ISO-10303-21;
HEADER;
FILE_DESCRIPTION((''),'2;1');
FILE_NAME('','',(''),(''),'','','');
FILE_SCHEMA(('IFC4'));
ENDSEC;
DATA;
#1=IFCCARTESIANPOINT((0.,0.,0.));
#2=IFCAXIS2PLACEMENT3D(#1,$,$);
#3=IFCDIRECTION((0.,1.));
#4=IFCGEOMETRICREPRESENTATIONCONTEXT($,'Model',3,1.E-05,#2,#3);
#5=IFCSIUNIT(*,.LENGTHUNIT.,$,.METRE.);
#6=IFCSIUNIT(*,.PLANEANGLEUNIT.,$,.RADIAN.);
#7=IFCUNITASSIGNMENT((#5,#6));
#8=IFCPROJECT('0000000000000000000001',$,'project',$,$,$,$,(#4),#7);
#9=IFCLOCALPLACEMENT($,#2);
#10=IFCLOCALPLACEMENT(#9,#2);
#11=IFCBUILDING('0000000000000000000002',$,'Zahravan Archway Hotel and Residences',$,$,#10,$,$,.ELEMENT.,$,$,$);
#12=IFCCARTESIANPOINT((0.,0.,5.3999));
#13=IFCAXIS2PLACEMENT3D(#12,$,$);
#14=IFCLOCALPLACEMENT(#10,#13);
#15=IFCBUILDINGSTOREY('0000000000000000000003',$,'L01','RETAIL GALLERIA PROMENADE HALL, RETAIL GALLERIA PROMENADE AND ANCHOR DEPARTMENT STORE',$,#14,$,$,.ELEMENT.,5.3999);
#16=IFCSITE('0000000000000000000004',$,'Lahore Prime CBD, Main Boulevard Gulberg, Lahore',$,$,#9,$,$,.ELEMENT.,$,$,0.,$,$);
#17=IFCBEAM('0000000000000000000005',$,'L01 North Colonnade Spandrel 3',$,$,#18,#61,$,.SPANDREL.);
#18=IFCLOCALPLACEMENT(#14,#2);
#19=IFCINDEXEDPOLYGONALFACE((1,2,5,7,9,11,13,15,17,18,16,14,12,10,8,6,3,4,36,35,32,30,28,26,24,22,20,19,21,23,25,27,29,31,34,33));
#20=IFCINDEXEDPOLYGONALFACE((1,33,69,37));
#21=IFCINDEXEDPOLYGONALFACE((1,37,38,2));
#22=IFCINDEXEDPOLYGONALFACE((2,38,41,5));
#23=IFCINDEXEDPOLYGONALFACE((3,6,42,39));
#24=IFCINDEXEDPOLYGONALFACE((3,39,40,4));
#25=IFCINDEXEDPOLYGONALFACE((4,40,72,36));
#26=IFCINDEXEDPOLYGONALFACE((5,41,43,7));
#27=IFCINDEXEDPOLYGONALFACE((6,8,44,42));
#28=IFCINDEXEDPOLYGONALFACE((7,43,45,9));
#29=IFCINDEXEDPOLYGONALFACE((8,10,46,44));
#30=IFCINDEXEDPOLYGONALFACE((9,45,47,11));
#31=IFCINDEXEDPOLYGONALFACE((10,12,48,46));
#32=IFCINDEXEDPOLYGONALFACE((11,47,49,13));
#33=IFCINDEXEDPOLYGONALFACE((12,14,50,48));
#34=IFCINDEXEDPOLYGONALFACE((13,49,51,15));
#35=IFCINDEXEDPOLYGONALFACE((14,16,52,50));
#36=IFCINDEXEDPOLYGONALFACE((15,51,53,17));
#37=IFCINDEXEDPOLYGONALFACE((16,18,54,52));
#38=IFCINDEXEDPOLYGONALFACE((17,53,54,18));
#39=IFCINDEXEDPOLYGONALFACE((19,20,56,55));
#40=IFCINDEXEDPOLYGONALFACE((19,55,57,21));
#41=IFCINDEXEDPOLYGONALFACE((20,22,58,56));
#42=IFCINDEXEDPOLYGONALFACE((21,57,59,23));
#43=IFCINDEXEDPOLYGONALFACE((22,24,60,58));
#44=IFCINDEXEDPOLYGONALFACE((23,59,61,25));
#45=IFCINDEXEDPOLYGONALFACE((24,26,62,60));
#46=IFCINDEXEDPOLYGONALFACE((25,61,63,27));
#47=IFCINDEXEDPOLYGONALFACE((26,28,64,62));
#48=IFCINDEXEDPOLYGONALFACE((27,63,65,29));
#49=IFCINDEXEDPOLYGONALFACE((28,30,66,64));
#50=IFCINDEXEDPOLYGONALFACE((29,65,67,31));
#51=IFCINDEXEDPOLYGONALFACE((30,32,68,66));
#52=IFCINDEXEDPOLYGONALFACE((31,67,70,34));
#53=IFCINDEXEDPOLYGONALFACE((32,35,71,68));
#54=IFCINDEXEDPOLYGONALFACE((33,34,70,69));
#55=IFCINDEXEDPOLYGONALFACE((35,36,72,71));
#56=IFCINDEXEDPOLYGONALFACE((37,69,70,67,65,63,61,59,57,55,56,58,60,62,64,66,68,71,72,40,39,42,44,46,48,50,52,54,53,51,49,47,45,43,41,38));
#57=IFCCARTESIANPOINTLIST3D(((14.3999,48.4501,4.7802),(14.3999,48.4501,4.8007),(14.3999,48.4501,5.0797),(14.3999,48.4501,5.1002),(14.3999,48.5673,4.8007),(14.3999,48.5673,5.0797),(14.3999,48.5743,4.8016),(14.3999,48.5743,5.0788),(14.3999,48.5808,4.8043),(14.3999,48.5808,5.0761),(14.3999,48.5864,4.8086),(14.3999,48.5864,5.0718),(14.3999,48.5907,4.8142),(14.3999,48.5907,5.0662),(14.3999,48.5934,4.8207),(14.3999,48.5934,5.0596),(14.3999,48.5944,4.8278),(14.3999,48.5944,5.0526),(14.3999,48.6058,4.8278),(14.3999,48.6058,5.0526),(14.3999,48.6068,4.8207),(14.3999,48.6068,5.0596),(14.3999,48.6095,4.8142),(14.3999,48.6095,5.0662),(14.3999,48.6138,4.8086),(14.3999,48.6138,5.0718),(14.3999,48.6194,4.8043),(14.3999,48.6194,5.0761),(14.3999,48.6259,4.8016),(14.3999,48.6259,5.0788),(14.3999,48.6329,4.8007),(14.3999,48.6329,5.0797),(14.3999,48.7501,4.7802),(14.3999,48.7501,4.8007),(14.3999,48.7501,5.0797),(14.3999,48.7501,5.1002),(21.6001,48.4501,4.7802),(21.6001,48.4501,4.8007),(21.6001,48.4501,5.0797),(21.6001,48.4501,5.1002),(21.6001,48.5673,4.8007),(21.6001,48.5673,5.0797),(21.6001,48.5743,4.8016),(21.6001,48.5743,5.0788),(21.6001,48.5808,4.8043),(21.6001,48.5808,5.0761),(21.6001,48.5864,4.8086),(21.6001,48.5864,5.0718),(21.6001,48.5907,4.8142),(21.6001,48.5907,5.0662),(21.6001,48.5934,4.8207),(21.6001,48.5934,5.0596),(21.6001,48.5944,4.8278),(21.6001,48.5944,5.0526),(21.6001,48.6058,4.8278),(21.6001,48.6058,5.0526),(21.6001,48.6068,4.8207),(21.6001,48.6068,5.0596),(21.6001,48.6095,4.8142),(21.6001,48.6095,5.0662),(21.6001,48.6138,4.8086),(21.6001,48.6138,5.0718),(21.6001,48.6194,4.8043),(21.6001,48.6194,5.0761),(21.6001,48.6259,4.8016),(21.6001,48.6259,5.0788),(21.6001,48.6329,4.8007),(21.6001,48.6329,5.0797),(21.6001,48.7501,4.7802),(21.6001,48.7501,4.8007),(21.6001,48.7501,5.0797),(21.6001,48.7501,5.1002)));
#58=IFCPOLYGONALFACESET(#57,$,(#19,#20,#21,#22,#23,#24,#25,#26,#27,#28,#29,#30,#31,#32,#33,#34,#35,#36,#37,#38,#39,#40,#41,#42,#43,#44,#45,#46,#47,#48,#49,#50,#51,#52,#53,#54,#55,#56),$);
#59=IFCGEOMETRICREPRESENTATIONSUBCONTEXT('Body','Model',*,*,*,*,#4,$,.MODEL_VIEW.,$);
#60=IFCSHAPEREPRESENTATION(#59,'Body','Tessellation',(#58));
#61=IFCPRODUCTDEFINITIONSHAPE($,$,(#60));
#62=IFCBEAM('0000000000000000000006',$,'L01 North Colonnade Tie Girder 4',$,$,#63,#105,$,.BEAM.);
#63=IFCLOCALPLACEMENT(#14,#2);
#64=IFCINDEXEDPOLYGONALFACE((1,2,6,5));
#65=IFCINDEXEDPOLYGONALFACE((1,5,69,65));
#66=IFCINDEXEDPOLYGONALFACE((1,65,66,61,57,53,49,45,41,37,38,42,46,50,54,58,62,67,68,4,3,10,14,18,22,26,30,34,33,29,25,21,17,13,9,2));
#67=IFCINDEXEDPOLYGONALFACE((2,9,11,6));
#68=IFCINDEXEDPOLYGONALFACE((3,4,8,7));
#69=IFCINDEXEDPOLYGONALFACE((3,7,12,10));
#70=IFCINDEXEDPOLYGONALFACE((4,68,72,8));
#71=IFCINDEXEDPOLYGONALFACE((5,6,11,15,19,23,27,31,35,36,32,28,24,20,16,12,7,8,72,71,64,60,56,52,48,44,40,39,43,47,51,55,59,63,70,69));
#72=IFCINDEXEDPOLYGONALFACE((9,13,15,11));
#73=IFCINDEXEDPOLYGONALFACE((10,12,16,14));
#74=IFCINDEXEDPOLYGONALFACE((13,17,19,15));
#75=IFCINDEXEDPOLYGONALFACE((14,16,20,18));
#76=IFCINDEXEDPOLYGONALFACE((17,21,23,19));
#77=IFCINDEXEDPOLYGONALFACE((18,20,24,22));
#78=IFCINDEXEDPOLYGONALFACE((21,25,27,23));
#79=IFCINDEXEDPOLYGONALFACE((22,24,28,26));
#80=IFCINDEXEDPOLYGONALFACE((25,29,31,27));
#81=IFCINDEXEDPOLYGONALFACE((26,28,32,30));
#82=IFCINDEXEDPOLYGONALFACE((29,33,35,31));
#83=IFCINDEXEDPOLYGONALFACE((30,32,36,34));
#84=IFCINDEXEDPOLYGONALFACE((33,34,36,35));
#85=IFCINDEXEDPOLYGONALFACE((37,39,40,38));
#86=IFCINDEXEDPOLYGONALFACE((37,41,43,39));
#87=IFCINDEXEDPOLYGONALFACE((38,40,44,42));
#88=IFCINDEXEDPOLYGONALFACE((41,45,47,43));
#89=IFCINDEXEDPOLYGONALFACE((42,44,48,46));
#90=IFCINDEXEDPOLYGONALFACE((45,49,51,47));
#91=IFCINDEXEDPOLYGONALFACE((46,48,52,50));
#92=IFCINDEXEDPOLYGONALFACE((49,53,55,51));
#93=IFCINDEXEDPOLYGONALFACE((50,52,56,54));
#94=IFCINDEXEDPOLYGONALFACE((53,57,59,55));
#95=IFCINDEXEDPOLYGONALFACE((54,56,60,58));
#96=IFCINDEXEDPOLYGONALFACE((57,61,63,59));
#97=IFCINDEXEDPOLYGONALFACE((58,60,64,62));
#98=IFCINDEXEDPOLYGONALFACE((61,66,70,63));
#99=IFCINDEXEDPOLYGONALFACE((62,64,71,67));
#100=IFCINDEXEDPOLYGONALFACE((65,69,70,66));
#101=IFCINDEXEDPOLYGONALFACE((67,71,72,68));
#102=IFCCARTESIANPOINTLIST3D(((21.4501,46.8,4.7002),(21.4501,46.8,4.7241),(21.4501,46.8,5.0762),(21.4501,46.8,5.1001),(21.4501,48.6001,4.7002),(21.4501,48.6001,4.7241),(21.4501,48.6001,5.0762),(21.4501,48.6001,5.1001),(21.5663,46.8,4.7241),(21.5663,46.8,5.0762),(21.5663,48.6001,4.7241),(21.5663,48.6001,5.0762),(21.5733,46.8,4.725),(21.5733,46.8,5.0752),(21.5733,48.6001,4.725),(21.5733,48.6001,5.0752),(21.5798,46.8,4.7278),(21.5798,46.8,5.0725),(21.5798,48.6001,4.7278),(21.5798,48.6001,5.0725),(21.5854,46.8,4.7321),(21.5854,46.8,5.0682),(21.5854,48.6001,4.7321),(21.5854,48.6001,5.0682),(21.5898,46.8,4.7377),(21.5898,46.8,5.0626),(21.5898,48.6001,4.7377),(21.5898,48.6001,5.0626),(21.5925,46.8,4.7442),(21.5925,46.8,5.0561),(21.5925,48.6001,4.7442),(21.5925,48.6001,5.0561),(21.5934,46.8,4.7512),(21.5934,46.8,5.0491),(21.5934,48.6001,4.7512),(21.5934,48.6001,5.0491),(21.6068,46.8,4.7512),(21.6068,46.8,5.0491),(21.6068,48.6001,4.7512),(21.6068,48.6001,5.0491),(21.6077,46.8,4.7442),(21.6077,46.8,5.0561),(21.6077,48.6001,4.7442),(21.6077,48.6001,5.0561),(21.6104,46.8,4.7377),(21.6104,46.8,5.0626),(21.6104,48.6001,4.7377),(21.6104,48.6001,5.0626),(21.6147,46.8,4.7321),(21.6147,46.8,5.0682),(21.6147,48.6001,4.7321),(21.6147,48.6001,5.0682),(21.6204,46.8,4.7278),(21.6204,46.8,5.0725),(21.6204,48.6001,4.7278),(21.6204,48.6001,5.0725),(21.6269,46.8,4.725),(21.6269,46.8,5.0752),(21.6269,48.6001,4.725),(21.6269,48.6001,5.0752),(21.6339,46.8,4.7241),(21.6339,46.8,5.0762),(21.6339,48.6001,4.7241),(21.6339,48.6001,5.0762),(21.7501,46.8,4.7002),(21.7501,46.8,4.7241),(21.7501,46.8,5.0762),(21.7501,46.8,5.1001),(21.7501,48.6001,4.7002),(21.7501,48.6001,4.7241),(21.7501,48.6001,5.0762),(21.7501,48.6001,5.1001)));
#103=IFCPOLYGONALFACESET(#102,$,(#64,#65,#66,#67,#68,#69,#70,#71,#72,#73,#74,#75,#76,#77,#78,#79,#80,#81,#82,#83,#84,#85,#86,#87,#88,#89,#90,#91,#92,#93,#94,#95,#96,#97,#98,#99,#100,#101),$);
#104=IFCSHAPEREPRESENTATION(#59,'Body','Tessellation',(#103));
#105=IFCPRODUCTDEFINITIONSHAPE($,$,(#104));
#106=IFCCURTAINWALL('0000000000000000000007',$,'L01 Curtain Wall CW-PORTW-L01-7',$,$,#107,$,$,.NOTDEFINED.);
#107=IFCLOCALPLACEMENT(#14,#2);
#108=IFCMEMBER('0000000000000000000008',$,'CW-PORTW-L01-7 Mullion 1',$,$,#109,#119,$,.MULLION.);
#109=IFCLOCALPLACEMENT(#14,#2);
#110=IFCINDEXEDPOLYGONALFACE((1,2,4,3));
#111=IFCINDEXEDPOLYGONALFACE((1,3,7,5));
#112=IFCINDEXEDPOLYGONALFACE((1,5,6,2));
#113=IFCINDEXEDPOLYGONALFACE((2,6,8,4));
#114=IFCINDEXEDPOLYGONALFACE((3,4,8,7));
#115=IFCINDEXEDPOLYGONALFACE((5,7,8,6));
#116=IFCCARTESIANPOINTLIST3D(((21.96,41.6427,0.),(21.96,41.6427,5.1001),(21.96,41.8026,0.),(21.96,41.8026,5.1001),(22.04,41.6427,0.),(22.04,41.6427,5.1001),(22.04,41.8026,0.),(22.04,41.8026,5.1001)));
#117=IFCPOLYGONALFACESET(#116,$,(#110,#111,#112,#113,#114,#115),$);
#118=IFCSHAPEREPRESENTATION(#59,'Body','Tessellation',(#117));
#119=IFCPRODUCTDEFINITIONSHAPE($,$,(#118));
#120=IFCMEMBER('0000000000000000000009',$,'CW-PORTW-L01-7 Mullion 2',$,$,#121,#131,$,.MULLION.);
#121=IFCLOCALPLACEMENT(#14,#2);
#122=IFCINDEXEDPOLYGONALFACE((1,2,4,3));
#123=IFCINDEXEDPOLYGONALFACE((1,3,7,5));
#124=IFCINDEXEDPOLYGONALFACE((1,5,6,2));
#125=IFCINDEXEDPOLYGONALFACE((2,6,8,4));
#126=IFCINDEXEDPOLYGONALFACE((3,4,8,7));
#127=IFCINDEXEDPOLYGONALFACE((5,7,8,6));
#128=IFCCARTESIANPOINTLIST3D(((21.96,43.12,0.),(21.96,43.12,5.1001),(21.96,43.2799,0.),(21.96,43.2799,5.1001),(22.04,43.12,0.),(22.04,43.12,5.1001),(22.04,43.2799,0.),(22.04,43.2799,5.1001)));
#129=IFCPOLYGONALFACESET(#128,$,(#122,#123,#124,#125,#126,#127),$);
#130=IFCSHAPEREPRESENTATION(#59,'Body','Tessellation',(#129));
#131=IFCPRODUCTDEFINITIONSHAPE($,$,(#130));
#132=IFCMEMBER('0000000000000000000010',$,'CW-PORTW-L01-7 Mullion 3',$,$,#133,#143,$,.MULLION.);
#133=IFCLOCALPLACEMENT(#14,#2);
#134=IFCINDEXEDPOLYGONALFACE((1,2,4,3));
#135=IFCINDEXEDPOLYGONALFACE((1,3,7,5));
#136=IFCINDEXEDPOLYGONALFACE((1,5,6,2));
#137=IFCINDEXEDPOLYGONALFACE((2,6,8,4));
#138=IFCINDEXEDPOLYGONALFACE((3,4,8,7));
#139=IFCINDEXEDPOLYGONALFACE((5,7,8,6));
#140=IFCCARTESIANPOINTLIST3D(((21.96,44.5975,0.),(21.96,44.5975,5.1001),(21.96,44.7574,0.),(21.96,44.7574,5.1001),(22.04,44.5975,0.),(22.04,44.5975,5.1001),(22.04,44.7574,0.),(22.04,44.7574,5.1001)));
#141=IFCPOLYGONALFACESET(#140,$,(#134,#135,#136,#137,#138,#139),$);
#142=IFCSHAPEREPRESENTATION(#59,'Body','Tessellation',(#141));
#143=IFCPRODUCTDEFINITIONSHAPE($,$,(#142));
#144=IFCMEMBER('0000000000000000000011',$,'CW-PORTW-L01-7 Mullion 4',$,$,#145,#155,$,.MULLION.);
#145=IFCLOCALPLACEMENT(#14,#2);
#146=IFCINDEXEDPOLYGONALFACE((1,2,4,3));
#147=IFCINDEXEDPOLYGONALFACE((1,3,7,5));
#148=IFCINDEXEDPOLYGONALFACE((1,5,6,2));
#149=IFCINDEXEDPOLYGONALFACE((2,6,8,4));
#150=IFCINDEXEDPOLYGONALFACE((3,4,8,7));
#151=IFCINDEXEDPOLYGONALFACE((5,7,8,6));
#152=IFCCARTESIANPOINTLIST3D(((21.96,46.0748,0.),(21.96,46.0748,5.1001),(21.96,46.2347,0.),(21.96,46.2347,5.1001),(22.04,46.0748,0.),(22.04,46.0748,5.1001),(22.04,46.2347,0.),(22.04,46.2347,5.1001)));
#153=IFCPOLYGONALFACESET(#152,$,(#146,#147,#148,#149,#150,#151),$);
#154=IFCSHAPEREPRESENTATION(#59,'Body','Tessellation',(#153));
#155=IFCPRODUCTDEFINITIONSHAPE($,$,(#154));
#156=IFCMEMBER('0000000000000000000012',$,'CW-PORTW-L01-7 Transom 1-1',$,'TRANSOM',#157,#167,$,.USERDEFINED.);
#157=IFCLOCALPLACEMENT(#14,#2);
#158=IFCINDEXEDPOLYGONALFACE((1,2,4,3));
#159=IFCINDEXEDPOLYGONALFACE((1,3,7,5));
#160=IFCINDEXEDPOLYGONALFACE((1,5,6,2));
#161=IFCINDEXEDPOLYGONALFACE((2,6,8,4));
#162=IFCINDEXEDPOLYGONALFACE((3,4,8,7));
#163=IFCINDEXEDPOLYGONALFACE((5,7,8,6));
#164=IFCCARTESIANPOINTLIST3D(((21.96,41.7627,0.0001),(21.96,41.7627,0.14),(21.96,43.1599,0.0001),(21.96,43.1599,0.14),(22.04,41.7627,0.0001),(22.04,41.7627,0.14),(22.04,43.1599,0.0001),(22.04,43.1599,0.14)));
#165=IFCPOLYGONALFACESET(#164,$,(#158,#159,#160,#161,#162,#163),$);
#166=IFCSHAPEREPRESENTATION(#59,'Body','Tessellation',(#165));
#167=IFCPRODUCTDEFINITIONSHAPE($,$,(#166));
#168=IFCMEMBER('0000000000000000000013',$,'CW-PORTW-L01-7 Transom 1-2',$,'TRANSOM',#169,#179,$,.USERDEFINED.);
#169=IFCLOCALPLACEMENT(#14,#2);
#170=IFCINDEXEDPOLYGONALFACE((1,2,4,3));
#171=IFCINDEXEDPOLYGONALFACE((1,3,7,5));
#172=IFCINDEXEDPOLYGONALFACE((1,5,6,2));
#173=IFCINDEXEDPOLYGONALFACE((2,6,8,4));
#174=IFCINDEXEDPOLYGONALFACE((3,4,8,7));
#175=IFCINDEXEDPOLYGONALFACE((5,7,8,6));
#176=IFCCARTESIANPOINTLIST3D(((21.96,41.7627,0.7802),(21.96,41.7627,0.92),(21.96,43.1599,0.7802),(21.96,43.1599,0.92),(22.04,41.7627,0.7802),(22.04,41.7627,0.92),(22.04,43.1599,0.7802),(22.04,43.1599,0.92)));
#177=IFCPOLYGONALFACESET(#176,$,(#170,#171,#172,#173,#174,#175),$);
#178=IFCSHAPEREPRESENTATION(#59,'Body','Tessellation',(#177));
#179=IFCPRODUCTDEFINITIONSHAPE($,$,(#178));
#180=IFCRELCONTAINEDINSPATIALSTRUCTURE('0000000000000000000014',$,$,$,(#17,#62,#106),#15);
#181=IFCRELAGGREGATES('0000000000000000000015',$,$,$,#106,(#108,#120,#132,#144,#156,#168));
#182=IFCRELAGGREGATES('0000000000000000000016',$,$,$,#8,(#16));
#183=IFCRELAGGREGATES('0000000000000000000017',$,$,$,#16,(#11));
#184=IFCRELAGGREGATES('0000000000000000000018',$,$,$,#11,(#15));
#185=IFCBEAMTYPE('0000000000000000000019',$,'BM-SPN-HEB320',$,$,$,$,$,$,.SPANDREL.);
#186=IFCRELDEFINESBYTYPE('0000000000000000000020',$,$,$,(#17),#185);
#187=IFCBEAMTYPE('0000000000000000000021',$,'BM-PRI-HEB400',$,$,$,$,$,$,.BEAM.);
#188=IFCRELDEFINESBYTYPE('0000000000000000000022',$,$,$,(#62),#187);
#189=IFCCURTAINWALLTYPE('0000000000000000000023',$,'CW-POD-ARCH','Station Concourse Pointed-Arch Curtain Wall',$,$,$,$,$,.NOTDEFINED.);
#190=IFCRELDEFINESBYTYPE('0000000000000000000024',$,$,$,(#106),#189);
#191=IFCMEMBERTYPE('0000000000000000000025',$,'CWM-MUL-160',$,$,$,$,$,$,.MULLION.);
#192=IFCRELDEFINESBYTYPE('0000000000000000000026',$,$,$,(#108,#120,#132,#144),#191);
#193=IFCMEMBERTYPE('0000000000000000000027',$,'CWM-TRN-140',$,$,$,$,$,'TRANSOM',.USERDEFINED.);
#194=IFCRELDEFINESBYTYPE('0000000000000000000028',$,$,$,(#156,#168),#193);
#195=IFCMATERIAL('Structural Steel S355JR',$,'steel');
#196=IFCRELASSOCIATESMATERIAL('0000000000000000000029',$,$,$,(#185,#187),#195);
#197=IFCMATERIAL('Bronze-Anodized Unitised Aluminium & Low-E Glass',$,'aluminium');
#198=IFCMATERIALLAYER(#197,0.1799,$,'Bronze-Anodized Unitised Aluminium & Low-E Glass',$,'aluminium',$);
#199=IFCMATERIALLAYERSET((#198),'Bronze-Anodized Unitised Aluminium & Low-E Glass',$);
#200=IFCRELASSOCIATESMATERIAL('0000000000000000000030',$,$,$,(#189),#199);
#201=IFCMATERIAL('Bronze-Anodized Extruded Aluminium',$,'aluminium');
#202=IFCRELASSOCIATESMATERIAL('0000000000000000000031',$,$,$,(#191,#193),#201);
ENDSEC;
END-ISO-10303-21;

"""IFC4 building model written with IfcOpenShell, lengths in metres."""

from ifc_helpers import new_model, si_unit, direction, frame, origin, origin_2d, place, context, subcontext, project, spatial, rectangle, i_section, extrude, source, transform, mapped, material, layer, layer_set, material_profile, profile_set, type_object, element, aggregate, save


model = new_model("IFC4")

# Units and contexts
model_context = context("Model", 3, precision=1e-05, world=origin(), true_north=direction((0.0, 1.0)))
body_context = subcontext(model_context, "Body", "Model", "MODEL_VIEW")
ifc_project = project(units=[si_unit("LENGTHUNIT", "METRE"), si_unit("PLANEANGLEUNIT", "RADIAN")], contexts=[model_context])

# Site, building, storey
site_placement = place(None, origin())
site = spatial("IfcSite", under=ifc_project, at=site_placement, Name="Lahore Prime CBD, Main Boulevard Gulberg, Lahore", CompositionType="ELEMENT", RefElevation=0.0)
building_placement = place(site_placement, origin())
building = spatial("IfcBuilding", under=site, at=building_placement, Name="Zahravan Archway Hotel and Residences", CompositionType="ELEMENT")
storey_placement = place(building_placement, frame((0.0, 0.0, 5.3999)))
storey = spatial("IfcBuildingStorey", under=building, at=storey_placement, Name="L01", Description="RETAIL GALLERIA PROMENADE HALL, RETAIL GALLERIA PROMENADE AND ANCHOR DEPARTMENT STORE", CompositionType="ELEMENT", Elevation=5.3999)

# Beams
ifc_material_1 = material(Name="Structural Steel S355JR", Category="steel")
ifc_material_profile_1 = material_profile(ifc_material_1, i_section(OverallWidth=0.3, OverallDepth=0.3201, WebThickness=0.0115, FlangeThickness=0.0205, FilletRadius=0.0271, at=origin_2d()), Name="HEB 320", Category="steel")
ifc_profile_set_1 = profile_set([ifc_material_profile_1], Name="Structural Steel S355JR")
beam_type_1 = type_object("IfcBeamType", Name="BM-SPN-HEB320", PredefinedType="SPANDREL", material=ifc_profile_set_1)
shared_shape_1 = source(origin(), body_context, "Body", "SweptSolid", [
    extrude(i_section(OverallWidth=0.3, OverallDepth=0.3201, WebThickness=0.0115, FlangeThickness=0.0205, FilletRadius=0.0271, at=origin_2d()), origin(), (0.0, 0.0, 1.0), 7.2002),
])
beam_1_placement = place(storey_placement, frame((14.3999, 48.6001, 4.9402), z_axis=(1.0, 0.0, 0.0), x_axis=(0.0, 1.0, 0.0)))
element("IfcBeam", 1, at=beam_1_placement, inside=storey, type_object=beam_type_1, Name="L01 North Colonnade Spandrel 3", PredefinedType="SPANDREL", context=body_context, shape_type="MappedRepresentation", body=[
    mapped(shared_shape_1, transform((0.0, 0.0, 0.0), scale=1.0)),
])
ifc_material_profile_2 = material_profile(ifc_material_1, i_section(OverallWidth=0.3, OverallDepth=0.3999, WebThickness=0.0134, FlangeThickness=0.0239, FilletRadius=0.0271, at=origin_2d()), Name="HEB 400", Category="steel")
ifc_profile_set_2 = profile_set([ifc_material_profile_2], Name="Structural Steel S355JR")
beam_type_2 = type_object("IfcBeamType", Name="BM-PRI-HEB400", PredefinedType="BEAM", material=ifc_profile_set_2)
shared_shape_2 = source(origin(), body_context, "Body", "SweptSolid", [
    extrude(i_section(OverallWidth=0.3, OverallDepth=0.3999, WebThickness=0.0134, FlangeThickness=0.0239, FilletRadius=0.0271, at=origin_2d()), origin(), (0.0, 0.0, 1.0), 1.8),
])
beam_2_placement = place(storey_placement, frame((21.6001, 46.8, 4.9001), z_axis=(0.0, 1.0, 0.0), x_axis=(-1.0, 0.0, 0.0)))
element("IfcBeam", 2, at=beam_2_placement, inside=storey, type_object=beam_type_2, Name="L01 North Colonnade Tie Girder 4", PredefinedType="BEAM", context=body_context, shape_type="MappedRepresentation", body=[
    mapped(shared_shape_2, transform((0.0, 0.0, 0.0), scale=1.0)),
])

# Curtain wall, members
ifc_material_2 = material(Name="Bronze-Anodized Unitised Aluminium & Low-E Glass", Category="aluminium")
ifc_layer_1 = layer(ifc_material_2, 0.1799, Name="Bronze-Anodized Unitised Aluminium & Low-E Glass", Category="aluminium")
ifc_layer_set_1 = layer_set([ifc_layer_1], Name="Bronze-Anodized Unitised Aluminium & Low-E Glass")
curtain_wall_type = type_object("IfcCurtainWallType", Name="CW-POD-ARCH", Description="Station Concourse Pointed-Arch Curtain Wall", PredefinedType="NOTDEFINED", material=ifc_layer_set_1)
curtain_wall_placement = place(storey_placement, origin())
curtain_wall = element("IfcCurtainWall", 3, at=curtain_wall_placement, inside=storey, type_object=curtain_wall_type, Name="L01 Curtain Wall CW-PORTW-L01-7", PredefinedType="NOTDEFINED")
ifc_material_3 = material(Name="Bronze-Anodized Extruded Aluminium", Category="aluminium")
ifc_material_profile_3 = material_profile(ifc_material_3, rectangle(XDim=0.0801, YDim=0.1599, at=origin_2d()), Name="MUL 80x160", Category="aluminium")
ifc_profile_set_3 = profile_set([ifc_material_profile_3], Name="Bronze-Anodized Extruded Aluminium")
member_type_1 = type_object("IfcMemberType", Name="CWM-MUL-160", PredefinedType="MULLION", material=ifc_profile_set_3)
shared_shape_3 = source(origin(), body_context, "Body", "SweptSolid", [
    extrude(rectangle(XDim=0.0801, YDim=0.1599, at=origin_2d()), origin(), (0.0, 0.0, 1.0), 5.1001),
])
member_1_placement = place(storey_placement, frame((22.0, 41.7227, 0.0), z_axis=(0.0, 0.0, 1.0), x_axis=(1.0, 0.0, 0.0)))
member_1 = element("IfcMember", 4, at=member_1_placement, type_object=member_type_1, Name="CW-PORTW-L01-7 Mullion 1", PredefinedType="MULLION", context=body_context, shape_type="MappedRepresentation", body=[
    mapped(shared_shape_3, transform((0.0, 0.0, 0.0), scale=1.0)),
])
member_2_placement = place(storey_placement, frame((22.0, 43.2, 0.0), z_axis=(0.0, 0.0, 1.0), x_axis=(1.0, 0.0, 0.0)))
member_2 = element("IfcMember", 5, at=member_2_placement, type_object=member_type_1, Name="CW-PORTW-L01-7 Mullion 2", PredefinedType="MULLION", context=body_context, shape_type="MappedRepresentation", body=[
    mapped(shared_shape_3, transform((0.0, 0.0, 0.0), scale=1.0)),
])
member_3_placement = place(storey_placement, frame((22.0, 44.6775, 0.0), z_axis=(0.0, 0.0, 1.0), x_axis=(1.0, 0.0, 0.0)))
member_3 = element("IfcMember", 6, at=member_3_placement, type_object=member_type_1, Name="CW-PORTW-L01-7 Mullion 3", PredefinedType="MULLION", context=body_context, shape_type="MappedRepresentation", body=[
    mapped(shared_shape_3, transform((0.0, 0.0, 0.0), scale=1.0)),
])
member_4_placement = place(storey_placement, frame((22.0, 46.1548, 0.0), z_axis=(0.0, 0.0, 1.0), x_axis=(1.0, 0.0, 0.0)))
member_4 = element("IfcMember", 7, at=member_4_placement, type_object=member_type_1, Name="CW-PORTW-L01-7 Mullion 4", PredefinedType="MULLION", context=body_context, shape_type="MappedRepresentation", body=[
    mapped(shared_shape_3, transform((0.0, 0.0, 0.0), scale=1.0)),
])
ifc_material_profile_4 = material_profile(ifc_material_3, rectangle(XDim=0.0801, YDim=0.1399, at=origin_2d()), Name="TRN 80x140", Category="aluminium")
ifc_profile_set_4 = profile_set([ifc_material_profile_4], Name="Bronze-Anodized Extruded Aluminium")
member_type_2 = type_object("IfcMemberType", Name="CWM-TRN-140", ElementType="TRANSOM", PredefinedType="USERDEFINED", material=ifc_profile_set_4)
shared_shape_4 = source(origin(), body_context, "Body", "SweptSolid", [
    extrude(rectangle(XDim=0.0801, YDim=0.1399, at=origin_2d()), origin(), (0.0, 0.0, 1.0), 1.3972),
])
member_5_placement = place(storey_placement, frame((22.0, 41.7627, 0.0701), z_axis=(0.0, 1.0, 0.0), x_axis=(-1.0, 0.0, 0.0)))
member_5 = element("IfcMember", 8, at=member_5_placement, type_object=member_type_2, Name="CW-PORTW-L01-7 Transom 1-1", ObjectType="TRANSOM", PredefinedType="USERDEFINED", context=body_context, shape_type="MappedRepresentation", body=[
    mapped(shared_shape_4, transform((0.0, 0.0, 0.0), scale=1.0)),
])
member_6_placement = place(storey_placement, frame((22.0, 41.7627, 0.8501), z_axis=(0.0, 1.0, 0.0), x_axis=(-1.0, 0.0, 0.0)))
member_6 = element("IfcMember", 9, at=member_6_placement, type_object=member_type_2, Name="CW-PORTW-L01-7 Transom 1-2", ObjectType="TRANSOM", PredefinedType="USERDEFINED", context=body_context, shape_type="MappedRepresentation", body=[
    mapped(shared_shape_4, transform((0.0, 0.0, 0.0), scale=1.0)),
])
aggregate(curtain_wall, [member_1, member_2, member_3, member_4, member_5, member_6])

save(model, "model.ifc")
